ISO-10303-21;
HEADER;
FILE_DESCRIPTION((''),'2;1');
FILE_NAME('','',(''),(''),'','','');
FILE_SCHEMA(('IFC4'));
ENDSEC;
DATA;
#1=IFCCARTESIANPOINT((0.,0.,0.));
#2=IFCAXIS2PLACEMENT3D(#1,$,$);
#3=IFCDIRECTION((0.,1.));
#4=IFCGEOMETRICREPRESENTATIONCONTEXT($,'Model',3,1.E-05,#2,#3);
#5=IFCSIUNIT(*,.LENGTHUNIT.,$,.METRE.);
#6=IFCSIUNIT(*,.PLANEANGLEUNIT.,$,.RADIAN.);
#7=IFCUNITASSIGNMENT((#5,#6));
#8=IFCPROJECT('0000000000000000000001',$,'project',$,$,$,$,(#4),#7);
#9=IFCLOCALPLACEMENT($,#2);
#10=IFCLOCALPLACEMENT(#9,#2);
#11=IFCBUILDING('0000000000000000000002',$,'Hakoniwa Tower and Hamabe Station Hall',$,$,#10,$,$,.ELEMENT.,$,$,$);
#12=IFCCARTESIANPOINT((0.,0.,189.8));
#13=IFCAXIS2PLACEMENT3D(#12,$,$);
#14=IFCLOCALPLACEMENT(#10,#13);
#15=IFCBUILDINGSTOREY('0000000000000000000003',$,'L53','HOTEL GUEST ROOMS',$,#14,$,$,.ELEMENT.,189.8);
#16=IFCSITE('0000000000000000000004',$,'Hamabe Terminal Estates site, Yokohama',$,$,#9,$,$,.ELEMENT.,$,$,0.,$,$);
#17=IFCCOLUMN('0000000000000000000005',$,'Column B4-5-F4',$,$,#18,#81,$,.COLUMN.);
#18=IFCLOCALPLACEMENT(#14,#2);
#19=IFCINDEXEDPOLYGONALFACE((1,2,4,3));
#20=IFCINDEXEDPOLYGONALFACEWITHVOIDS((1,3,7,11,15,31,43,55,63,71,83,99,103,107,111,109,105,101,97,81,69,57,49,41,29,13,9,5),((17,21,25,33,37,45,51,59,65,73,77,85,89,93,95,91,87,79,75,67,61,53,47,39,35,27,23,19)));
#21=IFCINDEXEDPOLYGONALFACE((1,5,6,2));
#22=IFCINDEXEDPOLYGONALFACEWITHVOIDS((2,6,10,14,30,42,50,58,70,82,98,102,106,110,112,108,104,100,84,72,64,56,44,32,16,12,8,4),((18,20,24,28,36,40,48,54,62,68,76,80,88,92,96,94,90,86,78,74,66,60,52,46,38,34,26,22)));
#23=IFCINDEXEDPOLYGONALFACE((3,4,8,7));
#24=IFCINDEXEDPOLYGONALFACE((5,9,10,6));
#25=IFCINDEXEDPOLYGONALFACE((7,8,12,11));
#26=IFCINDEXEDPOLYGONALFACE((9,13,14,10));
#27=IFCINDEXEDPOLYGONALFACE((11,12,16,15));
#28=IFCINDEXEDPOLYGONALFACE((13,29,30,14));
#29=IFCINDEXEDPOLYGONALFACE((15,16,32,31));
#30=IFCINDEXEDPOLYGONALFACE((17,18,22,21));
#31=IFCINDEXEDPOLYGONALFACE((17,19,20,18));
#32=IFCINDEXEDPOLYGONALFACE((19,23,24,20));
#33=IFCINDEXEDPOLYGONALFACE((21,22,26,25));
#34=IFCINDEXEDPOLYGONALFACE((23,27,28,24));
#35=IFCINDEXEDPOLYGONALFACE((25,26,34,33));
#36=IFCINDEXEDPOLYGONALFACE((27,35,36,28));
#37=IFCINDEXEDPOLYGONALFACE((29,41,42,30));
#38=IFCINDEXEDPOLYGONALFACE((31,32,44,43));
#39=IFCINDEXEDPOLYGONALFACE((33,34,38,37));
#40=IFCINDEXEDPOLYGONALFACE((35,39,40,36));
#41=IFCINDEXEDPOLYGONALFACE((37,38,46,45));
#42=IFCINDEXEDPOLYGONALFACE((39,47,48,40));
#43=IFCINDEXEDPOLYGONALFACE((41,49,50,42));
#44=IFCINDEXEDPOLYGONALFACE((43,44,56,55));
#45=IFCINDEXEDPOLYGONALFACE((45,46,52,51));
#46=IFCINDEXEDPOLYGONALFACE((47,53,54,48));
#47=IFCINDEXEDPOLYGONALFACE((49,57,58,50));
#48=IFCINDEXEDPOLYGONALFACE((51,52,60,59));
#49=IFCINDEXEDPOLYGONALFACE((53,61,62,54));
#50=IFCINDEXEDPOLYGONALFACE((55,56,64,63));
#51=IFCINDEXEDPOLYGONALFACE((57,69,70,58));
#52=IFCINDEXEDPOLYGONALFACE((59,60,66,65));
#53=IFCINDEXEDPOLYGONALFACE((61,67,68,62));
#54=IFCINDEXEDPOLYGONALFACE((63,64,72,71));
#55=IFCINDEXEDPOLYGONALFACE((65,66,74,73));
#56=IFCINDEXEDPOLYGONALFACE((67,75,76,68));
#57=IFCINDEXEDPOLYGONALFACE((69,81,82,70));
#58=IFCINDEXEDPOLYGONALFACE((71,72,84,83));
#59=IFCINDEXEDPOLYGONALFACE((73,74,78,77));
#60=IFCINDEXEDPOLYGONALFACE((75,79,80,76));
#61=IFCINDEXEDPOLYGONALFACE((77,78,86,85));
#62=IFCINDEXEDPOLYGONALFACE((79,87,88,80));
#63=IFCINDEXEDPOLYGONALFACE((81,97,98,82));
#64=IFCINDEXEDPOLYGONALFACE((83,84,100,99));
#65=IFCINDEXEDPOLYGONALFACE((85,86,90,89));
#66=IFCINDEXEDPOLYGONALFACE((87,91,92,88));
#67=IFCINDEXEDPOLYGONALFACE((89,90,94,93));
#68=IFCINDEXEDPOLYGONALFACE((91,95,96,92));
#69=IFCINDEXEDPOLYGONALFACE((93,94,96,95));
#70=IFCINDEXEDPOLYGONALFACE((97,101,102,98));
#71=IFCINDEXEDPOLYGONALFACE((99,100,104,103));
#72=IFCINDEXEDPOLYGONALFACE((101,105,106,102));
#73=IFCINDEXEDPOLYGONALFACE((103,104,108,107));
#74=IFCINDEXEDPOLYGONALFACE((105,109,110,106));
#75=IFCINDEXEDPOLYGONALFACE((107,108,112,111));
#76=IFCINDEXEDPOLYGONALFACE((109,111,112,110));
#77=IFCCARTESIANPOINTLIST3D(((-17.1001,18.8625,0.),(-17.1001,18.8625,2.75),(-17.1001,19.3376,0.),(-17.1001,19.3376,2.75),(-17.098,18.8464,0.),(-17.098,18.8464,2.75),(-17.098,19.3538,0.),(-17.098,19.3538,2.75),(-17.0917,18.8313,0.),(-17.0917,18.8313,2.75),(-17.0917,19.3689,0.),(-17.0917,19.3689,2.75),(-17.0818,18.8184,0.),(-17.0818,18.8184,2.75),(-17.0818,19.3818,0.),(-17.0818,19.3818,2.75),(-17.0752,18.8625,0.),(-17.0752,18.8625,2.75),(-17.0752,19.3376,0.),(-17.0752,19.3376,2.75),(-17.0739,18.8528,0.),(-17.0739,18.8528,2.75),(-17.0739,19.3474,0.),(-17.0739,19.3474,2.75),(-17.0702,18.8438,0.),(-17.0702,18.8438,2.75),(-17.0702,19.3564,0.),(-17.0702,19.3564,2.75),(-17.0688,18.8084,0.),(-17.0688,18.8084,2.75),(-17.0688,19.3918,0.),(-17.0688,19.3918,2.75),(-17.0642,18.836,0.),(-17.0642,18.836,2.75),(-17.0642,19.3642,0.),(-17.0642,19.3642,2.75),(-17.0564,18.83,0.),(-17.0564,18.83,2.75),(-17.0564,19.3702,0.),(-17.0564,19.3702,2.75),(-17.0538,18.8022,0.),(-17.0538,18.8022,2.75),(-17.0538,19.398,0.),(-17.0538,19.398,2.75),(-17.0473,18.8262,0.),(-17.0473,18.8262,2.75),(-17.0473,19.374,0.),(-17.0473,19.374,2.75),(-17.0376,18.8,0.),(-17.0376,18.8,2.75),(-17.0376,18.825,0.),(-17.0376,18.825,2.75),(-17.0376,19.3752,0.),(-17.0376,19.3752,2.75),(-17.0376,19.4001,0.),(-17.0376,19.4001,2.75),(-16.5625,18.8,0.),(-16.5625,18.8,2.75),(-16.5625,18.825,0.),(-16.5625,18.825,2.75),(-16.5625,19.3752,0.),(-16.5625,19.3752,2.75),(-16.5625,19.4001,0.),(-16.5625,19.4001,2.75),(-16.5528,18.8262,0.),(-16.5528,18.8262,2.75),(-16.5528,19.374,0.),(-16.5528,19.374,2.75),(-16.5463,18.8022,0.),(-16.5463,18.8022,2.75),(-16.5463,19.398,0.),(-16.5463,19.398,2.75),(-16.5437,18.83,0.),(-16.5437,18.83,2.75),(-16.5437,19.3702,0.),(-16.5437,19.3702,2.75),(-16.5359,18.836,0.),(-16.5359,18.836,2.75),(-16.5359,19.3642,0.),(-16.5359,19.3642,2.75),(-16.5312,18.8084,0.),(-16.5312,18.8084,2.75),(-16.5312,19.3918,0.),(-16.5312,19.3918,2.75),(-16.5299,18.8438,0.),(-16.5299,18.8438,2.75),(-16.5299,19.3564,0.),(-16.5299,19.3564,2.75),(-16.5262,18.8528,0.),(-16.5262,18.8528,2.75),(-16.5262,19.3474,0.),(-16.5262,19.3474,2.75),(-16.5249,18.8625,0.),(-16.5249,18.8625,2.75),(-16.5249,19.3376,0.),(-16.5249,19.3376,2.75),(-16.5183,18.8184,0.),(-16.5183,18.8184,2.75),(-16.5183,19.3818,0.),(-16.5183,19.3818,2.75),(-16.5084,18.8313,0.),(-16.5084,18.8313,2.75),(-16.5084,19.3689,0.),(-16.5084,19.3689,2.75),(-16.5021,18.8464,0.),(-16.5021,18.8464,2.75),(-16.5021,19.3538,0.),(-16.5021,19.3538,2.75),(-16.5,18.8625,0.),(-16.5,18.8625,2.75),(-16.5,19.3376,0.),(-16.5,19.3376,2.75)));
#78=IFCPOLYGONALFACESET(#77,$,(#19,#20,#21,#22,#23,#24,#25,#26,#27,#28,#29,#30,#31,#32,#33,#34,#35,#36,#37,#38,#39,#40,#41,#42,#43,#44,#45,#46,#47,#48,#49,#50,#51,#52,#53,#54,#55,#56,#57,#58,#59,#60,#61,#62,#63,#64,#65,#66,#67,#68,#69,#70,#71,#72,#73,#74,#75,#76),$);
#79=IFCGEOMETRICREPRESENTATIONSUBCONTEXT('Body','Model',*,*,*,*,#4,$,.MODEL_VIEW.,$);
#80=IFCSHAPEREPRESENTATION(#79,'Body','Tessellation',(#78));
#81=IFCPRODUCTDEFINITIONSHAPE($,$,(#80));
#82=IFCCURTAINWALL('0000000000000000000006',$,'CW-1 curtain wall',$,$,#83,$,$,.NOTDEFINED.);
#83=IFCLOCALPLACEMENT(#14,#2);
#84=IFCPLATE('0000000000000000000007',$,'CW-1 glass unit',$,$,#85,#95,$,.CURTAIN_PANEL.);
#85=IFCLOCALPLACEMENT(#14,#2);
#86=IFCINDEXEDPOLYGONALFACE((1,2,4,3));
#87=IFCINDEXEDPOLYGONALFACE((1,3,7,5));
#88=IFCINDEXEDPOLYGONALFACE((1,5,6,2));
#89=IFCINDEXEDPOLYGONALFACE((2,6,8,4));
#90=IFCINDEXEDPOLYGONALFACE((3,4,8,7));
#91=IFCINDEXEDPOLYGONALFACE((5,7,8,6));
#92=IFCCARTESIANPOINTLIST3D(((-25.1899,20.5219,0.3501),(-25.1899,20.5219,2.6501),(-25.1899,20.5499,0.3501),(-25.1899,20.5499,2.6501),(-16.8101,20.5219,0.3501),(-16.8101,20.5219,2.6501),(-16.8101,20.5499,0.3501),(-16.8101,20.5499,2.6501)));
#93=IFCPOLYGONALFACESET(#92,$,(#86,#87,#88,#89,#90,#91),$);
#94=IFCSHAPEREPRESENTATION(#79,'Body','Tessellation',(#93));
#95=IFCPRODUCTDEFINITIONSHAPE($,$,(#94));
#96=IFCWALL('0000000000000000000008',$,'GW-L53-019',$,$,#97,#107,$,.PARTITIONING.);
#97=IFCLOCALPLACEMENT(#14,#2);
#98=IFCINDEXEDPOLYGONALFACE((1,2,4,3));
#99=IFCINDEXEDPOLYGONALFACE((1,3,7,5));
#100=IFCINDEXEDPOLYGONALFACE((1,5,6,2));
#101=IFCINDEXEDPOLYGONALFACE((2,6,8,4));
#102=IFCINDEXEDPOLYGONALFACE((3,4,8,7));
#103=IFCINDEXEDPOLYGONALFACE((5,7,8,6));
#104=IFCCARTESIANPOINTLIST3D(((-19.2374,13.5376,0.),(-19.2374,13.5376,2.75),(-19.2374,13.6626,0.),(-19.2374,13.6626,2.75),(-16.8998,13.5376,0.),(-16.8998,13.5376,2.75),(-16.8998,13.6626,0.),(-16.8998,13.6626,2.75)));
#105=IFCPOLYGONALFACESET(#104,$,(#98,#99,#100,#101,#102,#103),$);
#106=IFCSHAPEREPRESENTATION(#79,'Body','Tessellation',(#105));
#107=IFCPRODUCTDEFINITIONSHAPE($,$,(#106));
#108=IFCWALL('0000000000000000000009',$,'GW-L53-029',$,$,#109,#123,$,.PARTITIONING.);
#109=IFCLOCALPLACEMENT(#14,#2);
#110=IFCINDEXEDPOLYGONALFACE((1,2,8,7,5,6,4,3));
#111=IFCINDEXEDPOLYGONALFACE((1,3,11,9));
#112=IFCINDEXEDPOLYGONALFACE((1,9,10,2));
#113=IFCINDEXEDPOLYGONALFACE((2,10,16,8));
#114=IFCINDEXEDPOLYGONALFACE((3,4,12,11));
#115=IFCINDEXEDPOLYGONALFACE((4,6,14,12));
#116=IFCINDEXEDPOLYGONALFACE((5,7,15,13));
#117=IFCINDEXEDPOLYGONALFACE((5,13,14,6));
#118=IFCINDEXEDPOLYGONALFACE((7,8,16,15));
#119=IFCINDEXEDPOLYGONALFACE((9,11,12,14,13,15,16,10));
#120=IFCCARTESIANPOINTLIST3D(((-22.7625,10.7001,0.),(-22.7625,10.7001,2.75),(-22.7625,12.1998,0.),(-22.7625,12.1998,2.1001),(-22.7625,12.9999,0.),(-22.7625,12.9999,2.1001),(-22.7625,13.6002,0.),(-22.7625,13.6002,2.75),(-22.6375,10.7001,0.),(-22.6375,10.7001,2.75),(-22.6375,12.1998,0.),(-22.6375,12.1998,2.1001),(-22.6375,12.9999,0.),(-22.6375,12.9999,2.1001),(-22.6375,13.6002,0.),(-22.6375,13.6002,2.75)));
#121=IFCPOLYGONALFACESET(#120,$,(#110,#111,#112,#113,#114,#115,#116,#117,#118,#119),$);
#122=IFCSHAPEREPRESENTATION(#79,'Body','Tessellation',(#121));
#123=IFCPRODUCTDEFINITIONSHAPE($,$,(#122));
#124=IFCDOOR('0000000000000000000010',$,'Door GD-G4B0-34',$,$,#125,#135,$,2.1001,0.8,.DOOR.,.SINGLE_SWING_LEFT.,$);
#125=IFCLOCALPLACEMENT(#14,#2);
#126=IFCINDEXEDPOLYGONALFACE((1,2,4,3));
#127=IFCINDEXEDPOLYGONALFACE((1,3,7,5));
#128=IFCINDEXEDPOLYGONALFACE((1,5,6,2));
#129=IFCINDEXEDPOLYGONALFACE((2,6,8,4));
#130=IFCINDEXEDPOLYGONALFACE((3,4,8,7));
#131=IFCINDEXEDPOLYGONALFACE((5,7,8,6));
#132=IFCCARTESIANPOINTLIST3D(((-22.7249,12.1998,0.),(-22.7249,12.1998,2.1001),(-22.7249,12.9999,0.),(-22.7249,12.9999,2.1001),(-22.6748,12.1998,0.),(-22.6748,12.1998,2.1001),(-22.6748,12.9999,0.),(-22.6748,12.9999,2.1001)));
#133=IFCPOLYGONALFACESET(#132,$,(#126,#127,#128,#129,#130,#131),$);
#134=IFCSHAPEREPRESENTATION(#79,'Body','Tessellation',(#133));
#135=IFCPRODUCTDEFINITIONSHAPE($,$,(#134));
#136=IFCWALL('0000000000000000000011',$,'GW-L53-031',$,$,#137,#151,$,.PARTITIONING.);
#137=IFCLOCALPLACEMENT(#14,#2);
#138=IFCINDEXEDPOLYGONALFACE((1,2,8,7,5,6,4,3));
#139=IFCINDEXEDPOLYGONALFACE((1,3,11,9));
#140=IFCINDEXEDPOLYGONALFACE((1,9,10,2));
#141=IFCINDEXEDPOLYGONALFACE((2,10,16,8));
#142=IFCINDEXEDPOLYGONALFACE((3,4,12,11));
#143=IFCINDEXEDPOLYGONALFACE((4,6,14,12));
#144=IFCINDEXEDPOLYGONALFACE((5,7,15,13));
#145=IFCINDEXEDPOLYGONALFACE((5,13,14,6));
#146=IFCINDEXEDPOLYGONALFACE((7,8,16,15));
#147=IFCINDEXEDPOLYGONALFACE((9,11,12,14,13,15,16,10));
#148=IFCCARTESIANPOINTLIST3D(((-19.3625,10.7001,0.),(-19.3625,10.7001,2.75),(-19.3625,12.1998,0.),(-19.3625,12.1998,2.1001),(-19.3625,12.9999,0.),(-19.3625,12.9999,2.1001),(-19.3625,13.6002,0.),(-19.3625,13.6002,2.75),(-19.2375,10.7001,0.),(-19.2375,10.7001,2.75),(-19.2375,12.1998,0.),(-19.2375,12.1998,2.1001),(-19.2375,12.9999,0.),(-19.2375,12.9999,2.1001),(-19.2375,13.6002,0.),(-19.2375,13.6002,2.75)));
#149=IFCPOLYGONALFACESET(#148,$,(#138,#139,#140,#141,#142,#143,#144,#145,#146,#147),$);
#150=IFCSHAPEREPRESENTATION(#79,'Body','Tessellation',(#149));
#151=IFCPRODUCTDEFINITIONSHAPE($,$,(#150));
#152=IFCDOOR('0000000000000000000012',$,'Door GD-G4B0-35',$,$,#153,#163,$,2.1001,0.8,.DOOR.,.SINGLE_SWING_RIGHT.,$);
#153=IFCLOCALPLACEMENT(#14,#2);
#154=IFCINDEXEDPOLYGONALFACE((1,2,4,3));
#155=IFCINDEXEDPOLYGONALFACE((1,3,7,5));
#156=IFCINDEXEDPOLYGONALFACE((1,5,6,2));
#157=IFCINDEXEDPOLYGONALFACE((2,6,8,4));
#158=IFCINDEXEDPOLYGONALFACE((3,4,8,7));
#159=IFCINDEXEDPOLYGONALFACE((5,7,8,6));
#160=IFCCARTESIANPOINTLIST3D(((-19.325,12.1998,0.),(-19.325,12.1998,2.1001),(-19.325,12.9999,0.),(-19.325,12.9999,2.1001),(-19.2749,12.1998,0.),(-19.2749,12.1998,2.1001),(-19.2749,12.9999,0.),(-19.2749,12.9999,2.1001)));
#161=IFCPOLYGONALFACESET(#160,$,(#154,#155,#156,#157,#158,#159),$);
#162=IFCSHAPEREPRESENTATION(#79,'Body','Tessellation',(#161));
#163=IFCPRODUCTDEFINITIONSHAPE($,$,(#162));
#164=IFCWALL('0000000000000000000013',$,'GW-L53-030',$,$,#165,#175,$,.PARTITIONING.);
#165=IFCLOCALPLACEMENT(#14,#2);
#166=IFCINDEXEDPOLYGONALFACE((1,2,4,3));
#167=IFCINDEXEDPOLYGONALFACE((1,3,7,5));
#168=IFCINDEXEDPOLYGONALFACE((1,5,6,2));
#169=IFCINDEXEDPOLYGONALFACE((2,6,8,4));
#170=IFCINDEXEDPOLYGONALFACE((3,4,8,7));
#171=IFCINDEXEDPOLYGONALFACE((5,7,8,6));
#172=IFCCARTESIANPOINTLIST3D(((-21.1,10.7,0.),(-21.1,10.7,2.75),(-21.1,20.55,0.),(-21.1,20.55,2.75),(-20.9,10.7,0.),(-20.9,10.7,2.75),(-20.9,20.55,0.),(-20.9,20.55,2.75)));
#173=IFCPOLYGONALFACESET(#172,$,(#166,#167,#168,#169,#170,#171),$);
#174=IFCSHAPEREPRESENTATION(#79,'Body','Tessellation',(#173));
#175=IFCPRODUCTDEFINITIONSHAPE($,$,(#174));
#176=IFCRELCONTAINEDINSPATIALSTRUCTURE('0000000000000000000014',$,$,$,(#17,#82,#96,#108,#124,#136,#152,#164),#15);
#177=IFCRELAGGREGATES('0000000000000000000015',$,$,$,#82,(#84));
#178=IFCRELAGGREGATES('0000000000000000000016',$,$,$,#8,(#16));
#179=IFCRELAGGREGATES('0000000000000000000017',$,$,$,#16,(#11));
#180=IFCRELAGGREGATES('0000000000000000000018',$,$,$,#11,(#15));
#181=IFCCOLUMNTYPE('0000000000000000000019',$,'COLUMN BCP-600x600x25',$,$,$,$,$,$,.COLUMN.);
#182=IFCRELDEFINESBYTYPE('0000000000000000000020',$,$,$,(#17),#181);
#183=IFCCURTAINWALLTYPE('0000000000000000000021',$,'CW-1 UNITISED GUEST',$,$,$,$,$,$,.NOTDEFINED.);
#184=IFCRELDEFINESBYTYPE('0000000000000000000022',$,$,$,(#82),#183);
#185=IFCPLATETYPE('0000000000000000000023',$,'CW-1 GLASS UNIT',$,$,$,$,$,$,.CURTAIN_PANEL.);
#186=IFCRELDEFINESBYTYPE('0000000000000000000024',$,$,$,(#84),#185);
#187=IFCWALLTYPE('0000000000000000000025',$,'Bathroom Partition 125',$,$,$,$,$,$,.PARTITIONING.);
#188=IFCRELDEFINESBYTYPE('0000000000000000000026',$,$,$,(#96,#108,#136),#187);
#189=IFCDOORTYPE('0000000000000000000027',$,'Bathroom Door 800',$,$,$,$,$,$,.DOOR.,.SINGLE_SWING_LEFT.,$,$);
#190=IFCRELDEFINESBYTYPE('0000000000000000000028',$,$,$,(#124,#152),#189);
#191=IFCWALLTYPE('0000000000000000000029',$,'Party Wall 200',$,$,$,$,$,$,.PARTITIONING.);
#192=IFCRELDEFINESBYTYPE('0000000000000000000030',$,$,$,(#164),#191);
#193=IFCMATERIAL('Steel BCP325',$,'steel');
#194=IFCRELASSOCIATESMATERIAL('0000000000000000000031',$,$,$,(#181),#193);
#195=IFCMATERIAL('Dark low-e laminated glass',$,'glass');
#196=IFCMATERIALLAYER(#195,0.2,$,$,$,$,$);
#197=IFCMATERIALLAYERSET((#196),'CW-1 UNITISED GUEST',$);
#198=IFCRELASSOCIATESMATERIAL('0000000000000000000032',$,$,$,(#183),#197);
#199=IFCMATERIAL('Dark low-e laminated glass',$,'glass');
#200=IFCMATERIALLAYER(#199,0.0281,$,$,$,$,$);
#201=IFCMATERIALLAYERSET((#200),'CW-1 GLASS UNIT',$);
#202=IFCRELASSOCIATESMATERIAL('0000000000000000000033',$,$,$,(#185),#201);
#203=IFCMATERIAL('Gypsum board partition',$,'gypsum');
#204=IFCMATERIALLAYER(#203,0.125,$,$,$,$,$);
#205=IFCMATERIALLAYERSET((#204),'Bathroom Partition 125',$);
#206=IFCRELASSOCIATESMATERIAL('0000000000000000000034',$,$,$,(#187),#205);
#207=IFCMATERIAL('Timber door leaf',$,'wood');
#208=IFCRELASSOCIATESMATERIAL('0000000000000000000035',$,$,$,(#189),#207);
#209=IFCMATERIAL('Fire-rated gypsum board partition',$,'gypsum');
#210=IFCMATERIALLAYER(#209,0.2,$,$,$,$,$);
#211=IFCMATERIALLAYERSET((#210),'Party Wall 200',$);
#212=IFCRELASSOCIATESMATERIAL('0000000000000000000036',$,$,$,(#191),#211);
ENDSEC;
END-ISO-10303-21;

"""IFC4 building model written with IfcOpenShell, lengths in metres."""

from ifc_helpers import new_model, si_unit, direction, frame, frame_2d, origin, origin_2d, place, context, subcontext, project, spatial, rectangle, hollow_rectangle, extrude, material, layer, layer_set, material_profile, profile_set, type_object, element, fill, aggregate, save


model = new_model("IFC4")

# Units and contexts
model_context = context("Model", 3, precision=1e-05, world=origin(), true_north=direction((0.0, 1.0)))
body_context = subcontext(model_context, "Body", "Model", "MODEL_VIEW")
ifc_project = project(units=[si_unit("LENGTHUNIT", "METRE"), si_unit("PLANEANGLEUNIT", "RADIAN")], contexts=[model_context])

# Site, building, storey
site_placement = place(None, origin())
site = spatial("IfcSite", under=ifc_project, at=site_placement, Name="Hamabe Terminal Estates site, Yokohama", CompositionType="ELEMENT", RefElevation=0.0)
building_placement = place(site_placement, origin())
building = spatial("IfcBuilding", under=site, at=building_placement, Name="Hakoniwa Tower and Hamabe Station Hall", CompositionType="ELEMENT")
storey_placement = place(building_placement, frame((0.0, 0.0, 189.8)))
storey = spatial("IfcBuildingStorey", under=building, at=storey_placement, Name="L53", Description="HOTEL GUEST ROOMS", CompositionType="ELEMENT", Elevation=189.8)

# Column
ifc_material_1 = material(Name="Steel BCP325", Category="steel")
ifc_material_profile = material_profile(ifc_material_1, hollow_rectangle(XDim=0.6001, YDim=0.6001, WallThickness=0.0249, InnerFilletRadius=0.0376, OuterFilletRadius=0.0625, at=origin_2d()), Name="BCP-600x600x25")
ifc_profile_set = profile_set([ifc_material_profile], Name="Steel BCP325")
column_type = type_object("IfcColumnType", Name="COLUMN BCP-600x600x25", PredefinedType="COLUMN", material=ifc_profile_set)
column_placement = place(storey_placement, frame((-16.8, 19.1001, 0.0), z_axis=(0.0, 0.0, 1.0), x_axis=(1.0, 0.0, 0.0)))
element("IfcColumn", 1, at=column_placement, inside=storey, type_object=column_type, Name="Column B4-5-F4", PredefinedType="COLUMN", context=body_context, shape_type="SweptSolid", body=[
    extrude(hollow_rectangle(XDim=0.6001, YDim=0.6001, WallThickness=0.0249, InnerFilletRadius=0.0376, OuterFilletRadius=0.0625, at=origin_2d()), origin(), (0.0, 0.0, 1.0), 2.75),
])

# Curtain wall, plate
ifc_material_2 = material(Name="Dark low-e laminated glass", Category="glass")
ifc_layer_1 = layer(ifc_material_2, 0.2)
ifc_layer_set_1 = layer_set([ifc_layer_1], Name="CW-1 UNITISED GUEST")
curtain_wall_type = type_object("IfcCurtainWallType", Name="CW-1 UNITISED GUEST", PredefinedType="NOTDEFINED", material=ifc_layer_set_1)
curtain_wall_placement = place(storey_placement, origin())
curtain_wall = element("IfcCurtainWall", 2, at=curtain_wall_placement, inside=storey, type_object=curtain_wall_type, Name="CW-1 curtain wall", PredefinedType="NOTDEFINED")
ifc_material_3 = material(Name="Dark low-e laminated glass", Category="glass")
ifc_layer_2 = layer(ifc_material_3, 0.0281)
ifc_layer_set_2 = layer_set([ifc_layer_2], Name="CW-1 GLASS UNIT")
plate_type = type_object("IfcPlateType", Name="CW-1 GLASS UNIT", PredefinedType="CURTAIN_PANEL", material=ifc_layer_set_2)
plate_placement = place(storey_placement, frame((-21.0, 20.5359, 0.3501), z_axis=(0.0, 0.0, 1.0), x_axis=(-1.0, 0.0, 0.0)))
plate = element("IfcPlate", 3, at=plate_placement, type_object=plate_type, Name="CW-1 glass unit", PredefinedType="CURTAIN_PANEL", context=body_context, shape_type="SweptSolid", body=[
    extrude(rectangle(XDim=8.3799, YDim=0.0281, at=origin_2d()), origin(), (0.0, 0.0, 1.0), 2.3),
])
aggregate(curtain_wall, [plate])

# Wall
ifc_material_4 = material(Name="Gypsum board partition", Category="gypsum")
ifc_layer_3 = layer(ifc_material_4, 0.125)
ifc_layer_set_3 = layer_set([ifc_layer_3], Name="Bathroom Partition 125")
wall_type_1 = type_object("IfcWallType", Name="Bathroom Partition 125", PredefinedType="PARTITIONING", material=ifc_layer_set_3)
wall_1_placement = place(storey_placement, frame((-19.2375, 13.6001, 0.0), z_axis=(0.0, 0.0, 1.0), x_axis=(1.0, 0.0, 0.0)))
element("IfcWall", 4, at=wall_1_placement, inside=storey, type_object=wall_type_1, Name="GW-L53-019", PredefinedType="PARTITIONING", context=body_context, shape_type="SweptSolid", body=[
    extrude(rectangle(XDim=2.3376, YDim=0.125, at=frame_2d((1.1689, 0.0))), origin(), (0.0, 0.0, 1.0), 2.75),
])

# Walls, openings, doors
wall_2_placement = place(storey_placement, frame((-22.7, 10.7, 0.0), z_axis=(0.0, 0.0, 1.0), x_axis=(0.0, 1.0, 0.0)))
wall_2 = element("IfcWall", 5, at=wall_2_placement, inside=storey, type_object=wall_type_1, Name="GW-L53-029", PredefinedType="PARTITIONING", context=body_context, shape_type="SweptSolid", body=[
    extrude(rectangle(XDim=2.9001, YDim=0.125, at=frame_2d((1.4502, 0.0))), origin(), (0.0, 0.0, 1.0), 2.75),
])
opening_1_placement = place(wall_2_placement, frame((1.5, 0.0, 0.0)))
opening_1 = element("IfcOpeningElement", 6, at=opening_1_placement, cuts=wall_2, PredefinedType="OPENING", context=body_context, shape_type="SweptSolid", body=[
    extrude(rectangle(XDim=0.8, YDim=2.1001, at=frame_2d((0.3999, 1.05))), frame((0.0, 0.0725, 0.0), z_axis=(0.0, -1.0, 0.0), x_axis=(1.0, 0.0, 0.0)), (0.0, 0.0, 1.0), 0.145),
])
ifc_material_5 = material(Name="Timber door leaf", Category="wood")
door_type = type_object("IfcDoorType", Name="Bathroom Door 800", OperationType="SINGLE_SWING_LEFT", PredefinedType="DOOR", material=ifc_material_5)
door_1_placement = place(opening_1_placement, origin())
door_1 = element("IfcDoor", 7, at=door_1_placement, inside=storey, type_object=door_type, Name="Door GD-G4B0-34", OperationType="SINGLE_SWING_LEFT", OverallHeight=2.1001, OverallWidth=0.8, PredefinedType="DOOR", context=body_context, shape_type="SweptSolid", body=[
    extrude(rectangle(XDim=0.8, YDim=2.1001, at=frame_2d((0.3999, 1.05))), frame((0.0, 0.0249, 0.0), z_axis=(0.0, -1.0, 0.0), x_axis=(1.0, 0.0, 0.0)), (0.0, 0.0, 1.0), 0.05),
])
fill(opening_1, door_1)
wall_3_placement = place(storey_placement, frame((-19.3, 10.7, 0.0), z_axis=(0.0, 0.0, 1.0), x_axis=(0.0, 1.0, 0.0)))
wall_3 = element("IfcWall", 8, at=wall_3_placement, inside=storey, type_object=wall_type_1, Name="GW-L53-031", PredefinedType="PARTITIONING", context=body_context, shape_type="SweptSolid", body=[
    extrude(rectangle(XDim=2.9001, YDim=0.125, at=frame_2d((1.4502, 0.0))), origin(), (0.0, 0.0, 1.0), 2.75),
])
opening_2_placement = place(wall_3_placement, frame((1.5, 0.0, 0.0)))
opening_2 = element("IfcOpeningElement", 9, at=opening_2_placement, cuts=wall_3, PredefinedType="OPENING", context=body_context, shape_type="SweptSolid", body=[
    extrude(rectangle(XDim=0.8, YDim=2.1001, at=frame_2d((0.3999, 1.05))), frame((0.0, 0.0725, 0.0), z_axis=(0.0, -1.0, 0.0), x_axis=(1.0, 0.0, 0.0)), (0.0, 0.0, 1.0), 0.145),
])
door_2_placement = place(opening_2_placement, origin())
door_2 = element("IfcDoor", 10, at=door_2_placement, inside=storey, type_object=door_type, Name="Door GD-G4B0-35", OperationType="SINGLE_SWING_RIGHT", OverallHeight=2.1001, OverallWidth=0.8, PredefinedType="DOOR", context=body_context, shape_type="SweptSolid", body=[
    extrude(rectangle(XDim=0.8, YDim=2.1001, at=frame_2d((0.3999, 1.05))), frame((0.0, 0.0249, 0.0), z_axis=(0.0, -1.0, 0.0), x_axis=(1.0, 0.0, 0.0)), (0.0, 0.0, 1.0), 0.05),
])
fill(opening_2, door_2)

# Wall
ifc_material_6 = material(Name="Fire-rated gypsum board partition", Category="gypsum")
ifc_layer_4 = layer(ifc_material_6, 0.2)
ifc_layer_set_4 = layer_set([ifc_layer_4], Name="Party Wall 200")
wall_type_2 = type_object("IfcWallType", Name="Party Wall 200", PredefinedType="PARTITIONING", material=ifc_layer_set_4)
wall_4_placement = place(storey_placement, frame((-21.0, 10.7, 0.0), z_axis=(0.0, 0.0, 1.0), x_axis=(0.0, 1.0, 0.0)))
element("IfcWall", 11, at=wall_4_placement, inside=storey, type_object=wall_type_2, Name="GW-L53-030", PredefinedType="PARTITIONING", context=body_context, shape_type="SweptSolid", body=[
    extrude(rectangle(XDim=9.8501, YDim=0.2, at=frame_2d((4.925, 0.0))), origin(), (0.0, 0.0, 1.0), 2.75),
])

save(model, "model.ifc")
